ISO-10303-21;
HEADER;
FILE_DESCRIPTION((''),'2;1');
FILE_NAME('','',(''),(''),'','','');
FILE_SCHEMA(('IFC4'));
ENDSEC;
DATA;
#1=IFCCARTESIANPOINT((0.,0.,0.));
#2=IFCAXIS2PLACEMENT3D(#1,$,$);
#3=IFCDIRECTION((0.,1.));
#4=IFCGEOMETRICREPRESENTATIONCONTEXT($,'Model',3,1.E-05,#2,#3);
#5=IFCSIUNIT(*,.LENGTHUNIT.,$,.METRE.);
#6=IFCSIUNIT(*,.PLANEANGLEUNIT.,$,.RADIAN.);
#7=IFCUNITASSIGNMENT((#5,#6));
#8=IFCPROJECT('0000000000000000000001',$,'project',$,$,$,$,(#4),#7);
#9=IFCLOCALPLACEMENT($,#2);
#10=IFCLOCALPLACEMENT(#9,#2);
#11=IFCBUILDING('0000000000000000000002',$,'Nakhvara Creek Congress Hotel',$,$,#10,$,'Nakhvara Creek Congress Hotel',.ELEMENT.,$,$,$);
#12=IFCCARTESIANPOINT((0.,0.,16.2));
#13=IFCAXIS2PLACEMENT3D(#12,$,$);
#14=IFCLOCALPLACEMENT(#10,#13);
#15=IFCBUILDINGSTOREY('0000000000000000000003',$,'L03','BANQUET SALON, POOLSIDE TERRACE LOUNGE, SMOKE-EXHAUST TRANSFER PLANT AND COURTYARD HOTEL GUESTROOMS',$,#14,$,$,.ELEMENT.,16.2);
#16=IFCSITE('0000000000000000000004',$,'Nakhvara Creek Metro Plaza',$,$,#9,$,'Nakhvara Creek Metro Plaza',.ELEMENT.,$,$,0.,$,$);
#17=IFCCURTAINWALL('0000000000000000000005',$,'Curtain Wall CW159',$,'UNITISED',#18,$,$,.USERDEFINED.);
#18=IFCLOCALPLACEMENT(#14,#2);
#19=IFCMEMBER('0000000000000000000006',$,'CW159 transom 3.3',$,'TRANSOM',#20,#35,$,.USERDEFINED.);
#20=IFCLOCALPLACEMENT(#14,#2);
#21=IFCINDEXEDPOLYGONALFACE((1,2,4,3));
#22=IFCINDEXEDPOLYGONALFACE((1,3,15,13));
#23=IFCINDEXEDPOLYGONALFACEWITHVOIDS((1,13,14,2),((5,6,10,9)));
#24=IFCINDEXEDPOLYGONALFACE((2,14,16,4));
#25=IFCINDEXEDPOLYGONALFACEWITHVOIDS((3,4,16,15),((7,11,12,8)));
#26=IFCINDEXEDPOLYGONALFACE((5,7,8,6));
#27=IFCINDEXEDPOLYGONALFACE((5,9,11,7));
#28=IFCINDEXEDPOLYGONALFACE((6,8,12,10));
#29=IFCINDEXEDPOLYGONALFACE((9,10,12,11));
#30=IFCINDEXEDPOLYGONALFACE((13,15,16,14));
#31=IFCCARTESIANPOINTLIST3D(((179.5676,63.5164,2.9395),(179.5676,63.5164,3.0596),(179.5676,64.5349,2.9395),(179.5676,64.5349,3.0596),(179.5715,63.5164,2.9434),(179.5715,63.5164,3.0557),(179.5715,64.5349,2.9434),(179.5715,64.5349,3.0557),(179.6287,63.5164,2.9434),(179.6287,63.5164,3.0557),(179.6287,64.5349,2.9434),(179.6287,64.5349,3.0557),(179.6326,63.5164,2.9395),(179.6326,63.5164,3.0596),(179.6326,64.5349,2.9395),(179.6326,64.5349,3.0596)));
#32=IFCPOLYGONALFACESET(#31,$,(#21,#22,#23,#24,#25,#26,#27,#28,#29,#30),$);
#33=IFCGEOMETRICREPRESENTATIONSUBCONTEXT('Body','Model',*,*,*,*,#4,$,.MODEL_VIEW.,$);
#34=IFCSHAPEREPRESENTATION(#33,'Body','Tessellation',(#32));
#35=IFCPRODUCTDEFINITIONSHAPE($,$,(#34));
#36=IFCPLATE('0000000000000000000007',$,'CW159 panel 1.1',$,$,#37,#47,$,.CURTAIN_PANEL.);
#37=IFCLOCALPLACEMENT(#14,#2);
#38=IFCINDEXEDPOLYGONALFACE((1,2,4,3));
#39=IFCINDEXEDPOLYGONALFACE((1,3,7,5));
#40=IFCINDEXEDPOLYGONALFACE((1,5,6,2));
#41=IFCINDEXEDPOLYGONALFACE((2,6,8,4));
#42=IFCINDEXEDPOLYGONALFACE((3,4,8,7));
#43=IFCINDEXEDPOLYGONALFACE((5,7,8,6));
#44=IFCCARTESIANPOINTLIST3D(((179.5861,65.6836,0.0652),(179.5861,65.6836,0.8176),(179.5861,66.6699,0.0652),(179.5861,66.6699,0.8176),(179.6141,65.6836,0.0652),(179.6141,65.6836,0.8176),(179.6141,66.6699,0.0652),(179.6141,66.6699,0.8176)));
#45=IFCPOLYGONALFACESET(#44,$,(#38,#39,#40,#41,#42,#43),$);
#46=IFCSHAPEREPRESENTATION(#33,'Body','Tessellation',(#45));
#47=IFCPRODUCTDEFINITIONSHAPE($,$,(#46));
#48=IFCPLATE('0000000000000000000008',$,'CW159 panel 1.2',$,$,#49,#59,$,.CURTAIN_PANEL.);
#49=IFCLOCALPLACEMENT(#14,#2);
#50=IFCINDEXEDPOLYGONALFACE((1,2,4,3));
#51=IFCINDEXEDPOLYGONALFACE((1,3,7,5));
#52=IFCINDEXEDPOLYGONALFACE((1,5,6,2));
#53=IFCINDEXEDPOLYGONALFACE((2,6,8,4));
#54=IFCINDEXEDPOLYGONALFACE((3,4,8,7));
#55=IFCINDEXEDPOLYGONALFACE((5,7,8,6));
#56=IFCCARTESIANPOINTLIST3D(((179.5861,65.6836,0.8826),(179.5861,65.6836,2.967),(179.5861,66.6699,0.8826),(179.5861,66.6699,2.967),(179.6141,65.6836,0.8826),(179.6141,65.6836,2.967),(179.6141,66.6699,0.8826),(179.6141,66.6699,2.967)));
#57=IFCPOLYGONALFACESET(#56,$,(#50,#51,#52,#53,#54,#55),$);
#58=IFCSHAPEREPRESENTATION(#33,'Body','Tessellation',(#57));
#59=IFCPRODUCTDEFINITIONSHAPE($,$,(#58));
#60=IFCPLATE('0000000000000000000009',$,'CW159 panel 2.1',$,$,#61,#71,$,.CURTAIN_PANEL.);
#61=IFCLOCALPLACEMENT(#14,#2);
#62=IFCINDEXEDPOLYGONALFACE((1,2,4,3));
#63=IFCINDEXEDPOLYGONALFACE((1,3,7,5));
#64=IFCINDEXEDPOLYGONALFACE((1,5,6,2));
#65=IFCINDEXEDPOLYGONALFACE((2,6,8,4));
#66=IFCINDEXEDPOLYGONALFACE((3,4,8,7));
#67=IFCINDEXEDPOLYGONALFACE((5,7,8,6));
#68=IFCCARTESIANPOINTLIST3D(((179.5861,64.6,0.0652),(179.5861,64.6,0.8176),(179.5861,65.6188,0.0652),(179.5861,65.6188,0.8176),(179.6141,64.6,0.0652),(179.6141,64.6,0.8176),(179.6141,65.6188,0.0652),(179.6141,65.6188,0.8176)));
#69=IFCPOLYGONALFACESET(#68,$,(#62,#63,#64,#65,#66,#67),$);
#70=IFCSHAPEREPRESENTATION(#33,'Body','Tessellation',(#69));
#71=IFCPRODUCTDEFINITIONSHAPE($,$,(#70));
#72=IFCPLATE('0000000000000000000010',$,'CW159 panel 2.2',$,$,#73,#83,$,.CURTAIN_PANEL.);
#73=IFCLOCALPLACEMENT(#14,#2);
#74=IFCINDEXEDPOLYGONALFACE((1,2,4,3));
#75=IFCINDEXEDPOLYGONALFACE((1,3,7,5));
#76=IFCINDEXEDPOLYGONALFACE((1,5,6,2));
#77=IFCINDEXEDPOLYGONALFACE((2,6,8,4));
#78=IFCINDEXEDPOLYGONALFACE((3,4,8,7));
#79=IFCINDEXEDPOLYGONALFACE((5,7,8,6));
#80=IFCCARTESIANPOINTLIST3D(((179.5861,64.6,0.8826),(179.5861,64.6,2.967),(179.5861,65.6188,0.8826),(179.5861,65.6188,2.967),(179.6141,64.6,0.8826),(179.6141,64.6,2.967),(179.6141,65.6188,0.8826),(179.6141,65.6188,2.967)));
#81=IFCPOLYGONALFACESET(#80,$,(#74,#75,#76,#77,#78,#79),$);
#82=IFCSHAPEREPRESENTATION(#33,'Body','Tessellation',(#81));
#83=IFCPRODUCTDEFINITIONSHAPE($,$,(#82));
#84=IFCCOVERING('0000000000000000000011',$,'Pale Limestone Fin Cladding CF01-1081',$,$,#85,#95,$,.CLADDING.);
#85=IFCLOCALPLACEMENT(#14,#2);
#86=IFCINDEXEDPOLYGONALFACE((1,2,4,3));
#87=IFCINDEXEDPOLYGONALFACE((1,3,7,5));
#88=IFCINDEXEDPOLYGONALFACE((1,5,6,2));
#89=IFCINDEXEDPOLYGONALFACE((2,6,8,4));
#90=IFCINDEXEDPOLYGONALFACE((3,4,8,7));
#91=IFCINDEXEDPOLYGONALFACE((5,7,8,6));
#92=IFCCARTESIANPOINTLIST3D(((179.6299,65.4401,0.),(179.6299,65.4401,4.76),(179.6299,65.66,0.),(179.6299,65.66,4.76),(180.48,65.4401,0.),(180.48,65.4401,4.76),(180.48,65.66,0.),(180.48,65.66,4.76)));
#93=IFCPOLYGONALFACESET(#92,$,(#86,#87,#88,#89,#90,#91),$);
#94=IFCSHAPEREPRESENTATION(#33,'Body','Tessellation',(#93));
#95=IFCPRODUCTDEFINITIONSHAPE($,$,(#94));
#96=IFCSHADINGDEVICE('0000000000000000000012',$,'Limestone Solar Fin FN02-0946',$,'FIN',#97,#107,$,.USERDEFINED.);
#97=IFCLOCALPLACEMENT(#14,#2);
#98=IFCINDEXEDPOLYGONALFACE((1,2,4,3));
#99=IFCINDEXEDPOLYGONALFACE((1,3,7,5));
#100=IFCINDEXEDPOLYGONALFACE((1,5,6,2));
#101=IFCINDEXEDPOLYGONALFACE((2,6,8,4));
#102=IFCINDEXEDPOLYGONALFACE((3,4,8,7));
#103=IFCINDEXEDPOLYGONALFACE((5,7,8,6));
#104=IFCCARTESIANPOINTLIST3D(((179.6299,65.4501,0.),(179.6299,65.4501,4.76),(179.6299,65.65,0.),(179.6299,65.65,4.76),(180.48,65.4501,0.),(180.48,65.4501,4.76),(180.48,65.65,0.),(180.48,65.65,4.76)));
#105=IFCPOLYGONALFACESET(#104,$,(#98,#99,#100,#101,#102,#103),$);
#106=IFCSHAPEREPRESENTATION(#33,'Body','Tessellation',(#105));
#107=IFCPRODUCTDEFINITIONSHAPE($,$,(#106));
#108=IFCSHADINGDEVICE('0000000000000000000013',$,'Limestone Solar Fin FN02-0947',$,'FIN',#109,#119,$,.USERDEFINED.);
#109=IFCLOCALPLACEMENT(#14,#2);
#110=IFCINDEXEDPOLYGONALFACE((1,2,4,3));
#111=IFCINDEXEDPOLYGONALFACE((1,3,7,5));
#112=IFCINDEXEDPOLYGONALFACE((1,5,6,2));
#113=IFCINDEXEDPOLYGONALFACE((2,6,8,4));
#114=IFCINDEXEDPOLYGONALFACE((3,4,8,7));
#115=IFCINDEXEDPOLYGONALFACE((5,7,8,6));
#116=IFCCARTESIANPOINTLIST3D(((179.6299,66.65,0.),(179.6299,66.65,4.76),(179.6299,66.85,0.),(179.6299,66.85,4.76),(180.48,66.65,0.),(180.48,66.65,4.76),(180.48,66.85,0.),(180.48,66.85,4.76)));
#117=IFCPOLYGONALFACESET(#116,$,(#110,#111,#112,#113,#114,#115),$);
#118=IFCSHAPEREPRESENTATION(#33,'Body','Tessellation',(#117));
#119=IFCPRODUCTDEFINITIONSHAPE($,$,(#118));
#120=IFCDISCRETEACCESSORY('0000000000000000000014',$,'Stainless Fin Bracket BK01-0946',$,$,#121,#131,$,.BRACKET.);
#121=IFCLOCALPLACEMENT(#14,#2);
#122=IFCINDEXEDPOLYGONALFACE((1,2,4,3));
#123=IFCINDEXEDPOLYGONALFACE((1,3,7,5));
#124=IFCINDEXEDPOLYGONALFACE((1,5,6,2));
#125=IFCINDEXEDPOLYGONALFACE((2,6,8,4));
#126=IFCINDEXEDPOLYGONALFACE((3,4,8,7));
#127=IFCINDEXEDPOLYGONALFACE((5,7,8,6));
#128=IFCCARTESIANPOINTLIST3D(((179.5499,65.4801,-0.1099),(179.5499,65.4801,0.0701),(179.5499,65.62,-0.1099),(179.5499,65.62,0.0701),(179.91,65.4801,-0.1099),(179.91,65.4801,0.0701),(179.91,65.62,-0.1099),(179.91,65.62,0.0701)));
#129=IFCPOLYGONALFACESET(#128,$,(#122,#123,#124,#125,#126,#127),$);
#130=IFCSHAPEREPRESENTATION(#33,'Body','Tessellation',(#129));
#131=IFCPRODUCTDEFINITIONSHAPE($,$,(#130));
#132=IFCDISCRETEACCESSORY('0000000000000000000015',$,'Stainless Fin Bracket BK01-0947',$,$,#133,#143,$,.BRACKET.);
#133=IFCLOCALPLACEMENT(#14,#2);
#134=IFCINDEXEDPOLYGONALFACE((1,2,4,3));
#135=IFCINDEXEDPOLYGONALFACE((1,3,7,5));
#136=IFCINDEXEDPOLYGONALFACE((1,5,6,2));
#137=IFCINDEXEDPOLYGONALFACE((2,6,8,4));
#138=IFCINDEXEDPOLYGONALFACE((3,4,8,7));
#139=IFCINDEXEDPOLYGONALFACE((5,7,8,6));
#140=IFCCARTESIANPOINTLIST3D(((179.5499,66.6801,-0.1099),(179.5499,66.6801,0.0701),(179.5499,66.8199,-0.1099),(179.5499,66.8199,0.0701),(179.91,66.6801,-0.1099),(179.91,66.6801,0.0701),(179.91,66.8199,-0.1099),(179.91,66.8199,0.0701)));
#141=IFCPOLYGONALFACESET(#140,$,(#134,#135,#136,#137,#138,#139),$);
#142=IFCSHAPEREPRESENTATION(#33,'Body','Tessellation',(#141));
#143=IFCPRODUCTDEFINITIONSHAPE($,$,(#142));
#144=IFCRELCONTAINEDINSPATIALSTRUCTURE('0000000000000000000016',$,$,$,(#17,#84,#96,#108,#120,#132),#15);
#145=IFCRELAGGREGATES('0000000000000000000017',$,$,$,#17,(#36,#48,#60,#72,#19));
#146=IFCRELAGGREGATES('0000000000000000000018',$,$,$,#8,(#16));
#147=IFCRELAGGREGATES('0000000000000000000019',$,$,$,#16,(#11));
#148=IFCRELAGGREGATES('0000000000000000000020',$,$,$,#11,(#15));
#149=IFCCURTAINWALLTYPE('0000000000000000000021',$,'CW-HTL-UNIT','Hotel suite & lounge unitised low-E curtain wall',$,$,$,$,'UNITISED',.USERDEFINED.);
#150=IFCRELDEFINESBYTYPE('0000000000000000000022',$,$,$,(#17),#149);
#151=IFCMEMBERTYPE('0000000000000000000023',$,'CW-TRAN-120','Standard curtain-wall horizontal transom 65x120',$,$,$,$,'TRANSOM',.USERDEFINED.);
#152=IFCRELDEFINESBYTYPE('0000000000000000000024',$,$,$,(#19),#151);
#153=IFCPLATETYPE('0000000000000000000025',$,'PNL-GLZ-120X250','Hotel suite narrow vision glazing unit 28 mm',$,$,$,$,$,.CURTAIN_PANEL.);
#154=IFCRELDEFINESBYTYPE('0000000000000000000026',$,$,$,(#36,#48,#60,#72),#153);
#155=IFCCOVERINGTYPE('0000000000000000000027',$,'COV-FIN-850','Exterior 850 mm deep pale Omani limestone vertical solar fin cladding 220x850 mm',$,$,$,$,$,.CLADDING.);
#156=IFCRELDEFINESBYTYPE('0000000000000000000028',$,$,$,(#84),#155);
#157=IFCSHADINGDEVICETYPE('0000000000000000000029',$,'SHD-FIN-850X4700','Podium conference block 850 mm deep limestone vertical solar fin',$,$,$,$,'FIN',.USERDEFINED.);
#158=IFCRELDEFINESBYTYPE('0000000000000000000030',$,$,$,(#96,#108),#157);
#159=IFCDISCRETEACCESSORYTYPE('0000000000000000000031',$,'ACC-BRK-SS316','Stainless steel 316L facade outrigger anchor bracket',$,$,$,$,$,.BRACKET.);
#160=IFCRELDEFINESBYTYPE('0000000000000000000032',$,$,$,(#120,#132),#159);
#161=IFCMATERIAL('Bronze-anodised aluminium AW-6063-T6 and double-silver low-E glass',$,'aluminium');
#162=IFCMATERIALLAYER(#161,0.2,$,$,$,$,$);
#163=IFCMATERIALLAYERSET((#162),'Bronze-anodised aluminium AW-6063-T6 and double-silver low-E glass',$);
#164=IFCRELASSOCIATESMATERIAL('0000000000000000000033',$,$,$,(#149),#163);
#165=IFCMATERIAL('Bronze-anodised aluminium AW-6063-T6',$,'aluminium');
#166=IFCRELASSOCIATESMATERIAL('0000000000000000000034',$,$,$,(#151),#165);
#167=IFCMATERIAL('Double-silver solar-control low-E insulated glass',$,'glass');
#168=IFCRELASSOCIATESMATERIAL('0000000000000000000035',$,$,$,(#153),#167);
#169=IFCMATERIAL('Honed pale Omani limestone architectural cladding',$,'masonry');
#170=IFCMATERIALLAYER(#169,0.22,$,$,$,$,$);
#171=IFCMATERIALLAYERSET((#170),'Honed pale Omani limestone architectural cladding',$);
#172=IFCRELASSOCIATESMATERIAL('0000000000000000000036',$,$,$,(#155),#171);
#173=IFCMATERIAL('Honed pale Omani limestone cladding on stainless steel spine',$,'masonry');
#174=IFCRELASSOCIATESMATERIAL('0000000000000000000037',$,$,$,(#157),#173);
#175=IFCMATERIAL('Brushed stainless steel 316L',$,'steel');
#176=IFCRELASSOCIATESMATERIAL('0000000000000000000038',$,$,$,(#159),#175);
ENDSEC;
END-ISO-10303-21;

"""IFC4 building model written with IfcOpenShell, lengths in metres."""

from ifc_helpers import new_model, si_unit, direction, frame, origin, origin_2d, place, context, subcontext, project, spatial, rectangle, hollow_rectangle, extrude, material, layer, layer_set, material_profile, profile_set, type_object, element, aggregate, save


model = new_model("IFC4")

# Units and contexts
model_context = context("Model", 3, precision=1e-05, world=origin(), true_north=direction((0.0, 1.0)))
body_context = subcontext(model_context, "Body", "Model", "MODEL_VIEW")
ifc_project = project(units=[si_unit("LENGTHUNIT", "METRE"), si_unit("PLANEANGLEUNIT", "RADIAN")], contexts=[model_context])

# Site, building, storey
site_placement = place(None, origin())
site = spatial("IfcSite", under=ifc_project, at=site_placement, Name="Nakhvara Creek Metro Plaza", LongName="Nakhvara Creek Metro Plaza", CompositionType="ELEMENT", RefElevation=0.0)
building_placement = place(site_placement, origin())
building = spatial("IfcBuilding", under=site, at=building_placement, Name="Nakhvara Creek Congress Hotel", LongName="Nakhvara Creek Congress Hotel", CompositionType="ELEMENT")
storey_placement = place(building_placement, frame((0.0, 0.0, 16.2)))
storey = spatial("IfcBuildingStorey", under=building, at=storey_placement, Name="L03", Description="BANQUET SALON, POOLSIDE TERRACE LOUNGE, SMOKE-EXHAUST TRANSFER PLANT AND COURTYARD HOTEL GUESTROOMS", CompositionType="ELEMENT", Elevation=16.2)

# Curtain wall, member, plates
ifc_material_1 = material(Name="Bronze-anodised aluminium AW-6063-T6 and double-silver low-E glass", Category="aluminium")
ifc_layer_1 = layer(ifc_material_1, 0.2)
ifc_layer_set_1 = layer_set([ifc_layer_1], Name="Bronze-anodised aluminium AW-6063-T6 and double-silver low-E glass")
curtain_wall_type = type_object("IfcCurtainWallType", Name="CW-HTL-UNIT", Description="Hotel suite & lounge unitised low-E curtain wall", ElementType="UNITISED", PredefinedType="USERDEFINED", material=ifc_layer_set_1)
curtain_wall_placement = place(storey_placement, origin())
curtain_wall = element("IfcCurtainWall", 1, at=curtain_wall_placement, inside=storey, type_object=curtain_wall_type, Name="Curtain Wall CW159", ObjectType="UNITISED", PredefinedType="USERDEFINED")
ifc_material_2 = material(Name="Bronze-anodised aluminium AW-6063-T6", Category="aluminium")
ifc_material_profile_1 = material_profile(ifc_material_2, hollow_rectangle(XDim=0.0649, YDim=0.1201, WallThickness=0.0039, at=origin_2d()), Name="ALU-TRAN 65x120x4", Category="LoadBearing")
ifc_profile_set_1 = profile_set([ifc_material_profile_1], Name="Bronze-anodised aluminium AW-6063-T6")
member_type_1 = type_object("IfcMemberType", Name="CW-TRAN-120", Description="Standard curtain-wall horizontal transom 65x120", ElementType="TRANSOM", PredefinedType="USERDEFINED", material=ifc_profile_set_1)
member_1_placement = place(storey_placement, frame((179.6001, 64.5349, 2.9995), z_axis=(0.0, -1.0, 0.0), x_axis=(1.0, 0.0, 0.0)))
member_1 = element("IfcMember", 2, at=member_1_placement, type_object=member_type_1, Name="CW159 transom 3.3", ObjectType="TRANSOM", PredefinedType="USERDEFINED", context=body_context, shape_type="SweptSolid", body=[
    extrude(hollow_rectangle(XDim=0.0649, YDim=0.1201, WallThickness=0.0039, at=origin_2d()), origin(), (0.0, 0.0, 1.0), 1.0186),
])
ifc_material_3 = material(Name="Double-silver solar-control low-E insulated glass", Category="glass")
plate_type = type_object("IfcPlateType", Name="PNL-GLZ-120X250", Description="Hotel suite narrow vision glazing unit 28 mm", PredefinedType="CURTAIN_PANEL", material=ifc_material_3)
plate_1_placement = place(storey_placement, frame((179.6001, 66.1768, 0.0652), z_axis=(0.0, 0.0, 1.0), x_axis=(0.0, -1.0, 0.0)))
plate_1 = element("IfcPlate", 3, at=plate_1_placement, type_object=plate_type, Name="CW159 panel 1.1", PredefinedType="CURTAIN_PANEL", context=body_context, shape_type="SweptSolid", body=[
    extrude(rectangle(XDim=0.9863, YDim=0.0281, at=origin_2d()), origin(), (0.0, 0.0, 1.0), 0.7524),
])
plate_2_placement = place(storey_placement, frame((179.6001, 66.1768, 0.8826), z_axis=(0.0, 0.0, 1.0), x_axis=(0.0, -1.0, 0.0)))
plate_2 = element("IfcPlate", 4, at=plate_2_placement, type_object=plate_type, Name="CW159 panel 1.2", PredefinedType="CURTAIN_PANEL", context=body_context, shape_type="SweptSolid", body=[
    extrude(rectangle(XDim=0.9863, YDim=0.0281, at=origin_2d()), origin(), (0.0, 0.0, 1.0), 2.0845),
])
plate_3_placement = place(storey_placement, frame((179.6001, 65.1094, 0.0652), z_axis=(0.0, 0.0, 1.0), x_axis=(0.0, -1.0, 0.0)))
plate_3 = element("IfcPlate", 5, at=plate_3_placement, type_object=plate_type, Name="CW159 panel 2.1", PredefinedType="CURTAIN_PANEL", context=body_context, shape_type="SweptSolid", body=[
    extrude(rectangle(XDim=1.0188, YDim=0.0281, at=origin_2d()), origin(), (0.0, 0.0, 1.0), 0.7524),
])
plate_4_placement = place(storey_placement, frame((179.6001, 65.1094, 0.8826), z_axis=(0.0, 0.0, 1.0), x_axis=(0.0, -1.0, 0.0)))
plate_4 = element("IfcPlate", 6, at=plate_4_placement, type_object=plate_type, Name="CW159 panel 2.2", PredefinedType="CURTAIN_PANEL", context=body_context, shape_type="SweptSolid", body=[
    extrude(rectangle(XDim=1.0188, YDim=0.0281, at=origin_2d()), origin(), (0.0, 0.0, 1.0), 2.0845),
])
aggregate(curtain_wall, [plate_1, plate_2, plate_3, plate_4, member_1])

# Covering
ifc_material_4 = material(Name="Honed pale Omani limestone architectural cladding", Category="masonry")
ifc_layer_2 = layer(ifc_material_4, 0.22)
ifc_layer_set_2 = layer_set([ifc_layer_2], Name="Honed pale Omani limestone architectural cladding")
covering_type = type_object("IfcCoveringType", Name="COV-FIN-850", Description="Exterior 850 mm deep pale Omani limestone vertical solar fin cladding 220x850 mm", PredefinedType="CLADDING", material=ifc_layer_set_2)
covering_placement = place(storey_placement, frame((180.0549, 65.55, 0.0), z_axis=(0.0, 0.0, 1.0), x_axis=(0.0, 1.0, 0.0)))
element("IfcCovering", 7, at=covering_placement, inside=storey, type_object=covering_type, Name="Pale Limestone Fin Cladding CF01-1081", PredefinedType="CLADDING", context=body_context, shape_type="SweptSolid", body=[
    extrude(rectangle(XDim=0.22, YDim=0.8501, at=origin_2d()), origin(), (0.0, 0.0, 1.0), 4.76),
])

# Shading devices
ifc_material_5 = material(Name="Honed pale Omani limestone cladding on stainless steel spine", Category="masonry")
shading_device_type = type_object("IfcShadingDeviceType", Name="SHD-FIN-850X4700", Description="Podium conference block 850 mm deep limestone vertical solar fin", ElementType="FIN", PredefinedType="USERDEFINED", material=ifc_material_5)
for number, where, z_axis, x_axis, name in (
    (8, (180.0549, 65.55, 0.0), (0.0, 0.0, 1.0), (0.0, 1.0, 0.0), "Limestone Solar Fin FN02-0946"),
    (9, (180.0549, 66.75, 0.0), (0.0, 0.0, 1.0), (0.0, 1.0, 0.0), "Limestone Solar Fin FN02-0947"),
):
    element("IfcShadingDevice", number, at=place(storey_placement, frame(where, z_axis=z_axis, x_axis=x_axis)), inside=storey, type_object=shading_device_type, Name=name, ObjectType="FIN", PredefinedType="USERDEFINED", context=body_context, shape_type="SweptSolid", body=[
        extrude(rectangle(XDim=0.2, YDim=0.8501, at=origin_2d()), origin(), (0.0, 0.0, 1.0), 4.76),
    ])

# Discrete accessories
ifc_material_6 = material(Name="Brushed stainless steel 316L", Category="steel")
discrete_accessory_type = type_object("IfcDiscreteAccessoryType", Name="ACC-BRK-SS316", Description="Stainless steel 316L facade outrigger anchor bracket", PredefinedType="BRACKET", material=ifc_material_6)
for number, where, z_axis, x_axis, name in (
    (10, (179.73, 65.55, -0.1099), (0.0, 0.0, 1.0), (0.0, 1.0, 0.0), "Stainless Fin Bracket BK01-0946"),
    (11, (179.73, 66.75, -0.1099), (0.0, 0.0, 1.0), (0.0, 1.0, 0.0), "Stainless Fin Bracket BK01-0947"),
):
    element("IfcDiscreteAccessory", number, at=place(storey_placement, frame(where, z_axis=z_axis, x_axis=x_axis)), inside=storey, type_object=discrete_accessory_type, Name=name, PredefinedType="BRACKET", context=body_context, shape_type="SweptSolid", body=[
        extrude(rectangle(XDim=0.1399, YDim=0.3601, at=origin_2d()), origin(), (0.0, 0.0, 1.0), 0.1799),
    ])

save(model, "model.ifc")
